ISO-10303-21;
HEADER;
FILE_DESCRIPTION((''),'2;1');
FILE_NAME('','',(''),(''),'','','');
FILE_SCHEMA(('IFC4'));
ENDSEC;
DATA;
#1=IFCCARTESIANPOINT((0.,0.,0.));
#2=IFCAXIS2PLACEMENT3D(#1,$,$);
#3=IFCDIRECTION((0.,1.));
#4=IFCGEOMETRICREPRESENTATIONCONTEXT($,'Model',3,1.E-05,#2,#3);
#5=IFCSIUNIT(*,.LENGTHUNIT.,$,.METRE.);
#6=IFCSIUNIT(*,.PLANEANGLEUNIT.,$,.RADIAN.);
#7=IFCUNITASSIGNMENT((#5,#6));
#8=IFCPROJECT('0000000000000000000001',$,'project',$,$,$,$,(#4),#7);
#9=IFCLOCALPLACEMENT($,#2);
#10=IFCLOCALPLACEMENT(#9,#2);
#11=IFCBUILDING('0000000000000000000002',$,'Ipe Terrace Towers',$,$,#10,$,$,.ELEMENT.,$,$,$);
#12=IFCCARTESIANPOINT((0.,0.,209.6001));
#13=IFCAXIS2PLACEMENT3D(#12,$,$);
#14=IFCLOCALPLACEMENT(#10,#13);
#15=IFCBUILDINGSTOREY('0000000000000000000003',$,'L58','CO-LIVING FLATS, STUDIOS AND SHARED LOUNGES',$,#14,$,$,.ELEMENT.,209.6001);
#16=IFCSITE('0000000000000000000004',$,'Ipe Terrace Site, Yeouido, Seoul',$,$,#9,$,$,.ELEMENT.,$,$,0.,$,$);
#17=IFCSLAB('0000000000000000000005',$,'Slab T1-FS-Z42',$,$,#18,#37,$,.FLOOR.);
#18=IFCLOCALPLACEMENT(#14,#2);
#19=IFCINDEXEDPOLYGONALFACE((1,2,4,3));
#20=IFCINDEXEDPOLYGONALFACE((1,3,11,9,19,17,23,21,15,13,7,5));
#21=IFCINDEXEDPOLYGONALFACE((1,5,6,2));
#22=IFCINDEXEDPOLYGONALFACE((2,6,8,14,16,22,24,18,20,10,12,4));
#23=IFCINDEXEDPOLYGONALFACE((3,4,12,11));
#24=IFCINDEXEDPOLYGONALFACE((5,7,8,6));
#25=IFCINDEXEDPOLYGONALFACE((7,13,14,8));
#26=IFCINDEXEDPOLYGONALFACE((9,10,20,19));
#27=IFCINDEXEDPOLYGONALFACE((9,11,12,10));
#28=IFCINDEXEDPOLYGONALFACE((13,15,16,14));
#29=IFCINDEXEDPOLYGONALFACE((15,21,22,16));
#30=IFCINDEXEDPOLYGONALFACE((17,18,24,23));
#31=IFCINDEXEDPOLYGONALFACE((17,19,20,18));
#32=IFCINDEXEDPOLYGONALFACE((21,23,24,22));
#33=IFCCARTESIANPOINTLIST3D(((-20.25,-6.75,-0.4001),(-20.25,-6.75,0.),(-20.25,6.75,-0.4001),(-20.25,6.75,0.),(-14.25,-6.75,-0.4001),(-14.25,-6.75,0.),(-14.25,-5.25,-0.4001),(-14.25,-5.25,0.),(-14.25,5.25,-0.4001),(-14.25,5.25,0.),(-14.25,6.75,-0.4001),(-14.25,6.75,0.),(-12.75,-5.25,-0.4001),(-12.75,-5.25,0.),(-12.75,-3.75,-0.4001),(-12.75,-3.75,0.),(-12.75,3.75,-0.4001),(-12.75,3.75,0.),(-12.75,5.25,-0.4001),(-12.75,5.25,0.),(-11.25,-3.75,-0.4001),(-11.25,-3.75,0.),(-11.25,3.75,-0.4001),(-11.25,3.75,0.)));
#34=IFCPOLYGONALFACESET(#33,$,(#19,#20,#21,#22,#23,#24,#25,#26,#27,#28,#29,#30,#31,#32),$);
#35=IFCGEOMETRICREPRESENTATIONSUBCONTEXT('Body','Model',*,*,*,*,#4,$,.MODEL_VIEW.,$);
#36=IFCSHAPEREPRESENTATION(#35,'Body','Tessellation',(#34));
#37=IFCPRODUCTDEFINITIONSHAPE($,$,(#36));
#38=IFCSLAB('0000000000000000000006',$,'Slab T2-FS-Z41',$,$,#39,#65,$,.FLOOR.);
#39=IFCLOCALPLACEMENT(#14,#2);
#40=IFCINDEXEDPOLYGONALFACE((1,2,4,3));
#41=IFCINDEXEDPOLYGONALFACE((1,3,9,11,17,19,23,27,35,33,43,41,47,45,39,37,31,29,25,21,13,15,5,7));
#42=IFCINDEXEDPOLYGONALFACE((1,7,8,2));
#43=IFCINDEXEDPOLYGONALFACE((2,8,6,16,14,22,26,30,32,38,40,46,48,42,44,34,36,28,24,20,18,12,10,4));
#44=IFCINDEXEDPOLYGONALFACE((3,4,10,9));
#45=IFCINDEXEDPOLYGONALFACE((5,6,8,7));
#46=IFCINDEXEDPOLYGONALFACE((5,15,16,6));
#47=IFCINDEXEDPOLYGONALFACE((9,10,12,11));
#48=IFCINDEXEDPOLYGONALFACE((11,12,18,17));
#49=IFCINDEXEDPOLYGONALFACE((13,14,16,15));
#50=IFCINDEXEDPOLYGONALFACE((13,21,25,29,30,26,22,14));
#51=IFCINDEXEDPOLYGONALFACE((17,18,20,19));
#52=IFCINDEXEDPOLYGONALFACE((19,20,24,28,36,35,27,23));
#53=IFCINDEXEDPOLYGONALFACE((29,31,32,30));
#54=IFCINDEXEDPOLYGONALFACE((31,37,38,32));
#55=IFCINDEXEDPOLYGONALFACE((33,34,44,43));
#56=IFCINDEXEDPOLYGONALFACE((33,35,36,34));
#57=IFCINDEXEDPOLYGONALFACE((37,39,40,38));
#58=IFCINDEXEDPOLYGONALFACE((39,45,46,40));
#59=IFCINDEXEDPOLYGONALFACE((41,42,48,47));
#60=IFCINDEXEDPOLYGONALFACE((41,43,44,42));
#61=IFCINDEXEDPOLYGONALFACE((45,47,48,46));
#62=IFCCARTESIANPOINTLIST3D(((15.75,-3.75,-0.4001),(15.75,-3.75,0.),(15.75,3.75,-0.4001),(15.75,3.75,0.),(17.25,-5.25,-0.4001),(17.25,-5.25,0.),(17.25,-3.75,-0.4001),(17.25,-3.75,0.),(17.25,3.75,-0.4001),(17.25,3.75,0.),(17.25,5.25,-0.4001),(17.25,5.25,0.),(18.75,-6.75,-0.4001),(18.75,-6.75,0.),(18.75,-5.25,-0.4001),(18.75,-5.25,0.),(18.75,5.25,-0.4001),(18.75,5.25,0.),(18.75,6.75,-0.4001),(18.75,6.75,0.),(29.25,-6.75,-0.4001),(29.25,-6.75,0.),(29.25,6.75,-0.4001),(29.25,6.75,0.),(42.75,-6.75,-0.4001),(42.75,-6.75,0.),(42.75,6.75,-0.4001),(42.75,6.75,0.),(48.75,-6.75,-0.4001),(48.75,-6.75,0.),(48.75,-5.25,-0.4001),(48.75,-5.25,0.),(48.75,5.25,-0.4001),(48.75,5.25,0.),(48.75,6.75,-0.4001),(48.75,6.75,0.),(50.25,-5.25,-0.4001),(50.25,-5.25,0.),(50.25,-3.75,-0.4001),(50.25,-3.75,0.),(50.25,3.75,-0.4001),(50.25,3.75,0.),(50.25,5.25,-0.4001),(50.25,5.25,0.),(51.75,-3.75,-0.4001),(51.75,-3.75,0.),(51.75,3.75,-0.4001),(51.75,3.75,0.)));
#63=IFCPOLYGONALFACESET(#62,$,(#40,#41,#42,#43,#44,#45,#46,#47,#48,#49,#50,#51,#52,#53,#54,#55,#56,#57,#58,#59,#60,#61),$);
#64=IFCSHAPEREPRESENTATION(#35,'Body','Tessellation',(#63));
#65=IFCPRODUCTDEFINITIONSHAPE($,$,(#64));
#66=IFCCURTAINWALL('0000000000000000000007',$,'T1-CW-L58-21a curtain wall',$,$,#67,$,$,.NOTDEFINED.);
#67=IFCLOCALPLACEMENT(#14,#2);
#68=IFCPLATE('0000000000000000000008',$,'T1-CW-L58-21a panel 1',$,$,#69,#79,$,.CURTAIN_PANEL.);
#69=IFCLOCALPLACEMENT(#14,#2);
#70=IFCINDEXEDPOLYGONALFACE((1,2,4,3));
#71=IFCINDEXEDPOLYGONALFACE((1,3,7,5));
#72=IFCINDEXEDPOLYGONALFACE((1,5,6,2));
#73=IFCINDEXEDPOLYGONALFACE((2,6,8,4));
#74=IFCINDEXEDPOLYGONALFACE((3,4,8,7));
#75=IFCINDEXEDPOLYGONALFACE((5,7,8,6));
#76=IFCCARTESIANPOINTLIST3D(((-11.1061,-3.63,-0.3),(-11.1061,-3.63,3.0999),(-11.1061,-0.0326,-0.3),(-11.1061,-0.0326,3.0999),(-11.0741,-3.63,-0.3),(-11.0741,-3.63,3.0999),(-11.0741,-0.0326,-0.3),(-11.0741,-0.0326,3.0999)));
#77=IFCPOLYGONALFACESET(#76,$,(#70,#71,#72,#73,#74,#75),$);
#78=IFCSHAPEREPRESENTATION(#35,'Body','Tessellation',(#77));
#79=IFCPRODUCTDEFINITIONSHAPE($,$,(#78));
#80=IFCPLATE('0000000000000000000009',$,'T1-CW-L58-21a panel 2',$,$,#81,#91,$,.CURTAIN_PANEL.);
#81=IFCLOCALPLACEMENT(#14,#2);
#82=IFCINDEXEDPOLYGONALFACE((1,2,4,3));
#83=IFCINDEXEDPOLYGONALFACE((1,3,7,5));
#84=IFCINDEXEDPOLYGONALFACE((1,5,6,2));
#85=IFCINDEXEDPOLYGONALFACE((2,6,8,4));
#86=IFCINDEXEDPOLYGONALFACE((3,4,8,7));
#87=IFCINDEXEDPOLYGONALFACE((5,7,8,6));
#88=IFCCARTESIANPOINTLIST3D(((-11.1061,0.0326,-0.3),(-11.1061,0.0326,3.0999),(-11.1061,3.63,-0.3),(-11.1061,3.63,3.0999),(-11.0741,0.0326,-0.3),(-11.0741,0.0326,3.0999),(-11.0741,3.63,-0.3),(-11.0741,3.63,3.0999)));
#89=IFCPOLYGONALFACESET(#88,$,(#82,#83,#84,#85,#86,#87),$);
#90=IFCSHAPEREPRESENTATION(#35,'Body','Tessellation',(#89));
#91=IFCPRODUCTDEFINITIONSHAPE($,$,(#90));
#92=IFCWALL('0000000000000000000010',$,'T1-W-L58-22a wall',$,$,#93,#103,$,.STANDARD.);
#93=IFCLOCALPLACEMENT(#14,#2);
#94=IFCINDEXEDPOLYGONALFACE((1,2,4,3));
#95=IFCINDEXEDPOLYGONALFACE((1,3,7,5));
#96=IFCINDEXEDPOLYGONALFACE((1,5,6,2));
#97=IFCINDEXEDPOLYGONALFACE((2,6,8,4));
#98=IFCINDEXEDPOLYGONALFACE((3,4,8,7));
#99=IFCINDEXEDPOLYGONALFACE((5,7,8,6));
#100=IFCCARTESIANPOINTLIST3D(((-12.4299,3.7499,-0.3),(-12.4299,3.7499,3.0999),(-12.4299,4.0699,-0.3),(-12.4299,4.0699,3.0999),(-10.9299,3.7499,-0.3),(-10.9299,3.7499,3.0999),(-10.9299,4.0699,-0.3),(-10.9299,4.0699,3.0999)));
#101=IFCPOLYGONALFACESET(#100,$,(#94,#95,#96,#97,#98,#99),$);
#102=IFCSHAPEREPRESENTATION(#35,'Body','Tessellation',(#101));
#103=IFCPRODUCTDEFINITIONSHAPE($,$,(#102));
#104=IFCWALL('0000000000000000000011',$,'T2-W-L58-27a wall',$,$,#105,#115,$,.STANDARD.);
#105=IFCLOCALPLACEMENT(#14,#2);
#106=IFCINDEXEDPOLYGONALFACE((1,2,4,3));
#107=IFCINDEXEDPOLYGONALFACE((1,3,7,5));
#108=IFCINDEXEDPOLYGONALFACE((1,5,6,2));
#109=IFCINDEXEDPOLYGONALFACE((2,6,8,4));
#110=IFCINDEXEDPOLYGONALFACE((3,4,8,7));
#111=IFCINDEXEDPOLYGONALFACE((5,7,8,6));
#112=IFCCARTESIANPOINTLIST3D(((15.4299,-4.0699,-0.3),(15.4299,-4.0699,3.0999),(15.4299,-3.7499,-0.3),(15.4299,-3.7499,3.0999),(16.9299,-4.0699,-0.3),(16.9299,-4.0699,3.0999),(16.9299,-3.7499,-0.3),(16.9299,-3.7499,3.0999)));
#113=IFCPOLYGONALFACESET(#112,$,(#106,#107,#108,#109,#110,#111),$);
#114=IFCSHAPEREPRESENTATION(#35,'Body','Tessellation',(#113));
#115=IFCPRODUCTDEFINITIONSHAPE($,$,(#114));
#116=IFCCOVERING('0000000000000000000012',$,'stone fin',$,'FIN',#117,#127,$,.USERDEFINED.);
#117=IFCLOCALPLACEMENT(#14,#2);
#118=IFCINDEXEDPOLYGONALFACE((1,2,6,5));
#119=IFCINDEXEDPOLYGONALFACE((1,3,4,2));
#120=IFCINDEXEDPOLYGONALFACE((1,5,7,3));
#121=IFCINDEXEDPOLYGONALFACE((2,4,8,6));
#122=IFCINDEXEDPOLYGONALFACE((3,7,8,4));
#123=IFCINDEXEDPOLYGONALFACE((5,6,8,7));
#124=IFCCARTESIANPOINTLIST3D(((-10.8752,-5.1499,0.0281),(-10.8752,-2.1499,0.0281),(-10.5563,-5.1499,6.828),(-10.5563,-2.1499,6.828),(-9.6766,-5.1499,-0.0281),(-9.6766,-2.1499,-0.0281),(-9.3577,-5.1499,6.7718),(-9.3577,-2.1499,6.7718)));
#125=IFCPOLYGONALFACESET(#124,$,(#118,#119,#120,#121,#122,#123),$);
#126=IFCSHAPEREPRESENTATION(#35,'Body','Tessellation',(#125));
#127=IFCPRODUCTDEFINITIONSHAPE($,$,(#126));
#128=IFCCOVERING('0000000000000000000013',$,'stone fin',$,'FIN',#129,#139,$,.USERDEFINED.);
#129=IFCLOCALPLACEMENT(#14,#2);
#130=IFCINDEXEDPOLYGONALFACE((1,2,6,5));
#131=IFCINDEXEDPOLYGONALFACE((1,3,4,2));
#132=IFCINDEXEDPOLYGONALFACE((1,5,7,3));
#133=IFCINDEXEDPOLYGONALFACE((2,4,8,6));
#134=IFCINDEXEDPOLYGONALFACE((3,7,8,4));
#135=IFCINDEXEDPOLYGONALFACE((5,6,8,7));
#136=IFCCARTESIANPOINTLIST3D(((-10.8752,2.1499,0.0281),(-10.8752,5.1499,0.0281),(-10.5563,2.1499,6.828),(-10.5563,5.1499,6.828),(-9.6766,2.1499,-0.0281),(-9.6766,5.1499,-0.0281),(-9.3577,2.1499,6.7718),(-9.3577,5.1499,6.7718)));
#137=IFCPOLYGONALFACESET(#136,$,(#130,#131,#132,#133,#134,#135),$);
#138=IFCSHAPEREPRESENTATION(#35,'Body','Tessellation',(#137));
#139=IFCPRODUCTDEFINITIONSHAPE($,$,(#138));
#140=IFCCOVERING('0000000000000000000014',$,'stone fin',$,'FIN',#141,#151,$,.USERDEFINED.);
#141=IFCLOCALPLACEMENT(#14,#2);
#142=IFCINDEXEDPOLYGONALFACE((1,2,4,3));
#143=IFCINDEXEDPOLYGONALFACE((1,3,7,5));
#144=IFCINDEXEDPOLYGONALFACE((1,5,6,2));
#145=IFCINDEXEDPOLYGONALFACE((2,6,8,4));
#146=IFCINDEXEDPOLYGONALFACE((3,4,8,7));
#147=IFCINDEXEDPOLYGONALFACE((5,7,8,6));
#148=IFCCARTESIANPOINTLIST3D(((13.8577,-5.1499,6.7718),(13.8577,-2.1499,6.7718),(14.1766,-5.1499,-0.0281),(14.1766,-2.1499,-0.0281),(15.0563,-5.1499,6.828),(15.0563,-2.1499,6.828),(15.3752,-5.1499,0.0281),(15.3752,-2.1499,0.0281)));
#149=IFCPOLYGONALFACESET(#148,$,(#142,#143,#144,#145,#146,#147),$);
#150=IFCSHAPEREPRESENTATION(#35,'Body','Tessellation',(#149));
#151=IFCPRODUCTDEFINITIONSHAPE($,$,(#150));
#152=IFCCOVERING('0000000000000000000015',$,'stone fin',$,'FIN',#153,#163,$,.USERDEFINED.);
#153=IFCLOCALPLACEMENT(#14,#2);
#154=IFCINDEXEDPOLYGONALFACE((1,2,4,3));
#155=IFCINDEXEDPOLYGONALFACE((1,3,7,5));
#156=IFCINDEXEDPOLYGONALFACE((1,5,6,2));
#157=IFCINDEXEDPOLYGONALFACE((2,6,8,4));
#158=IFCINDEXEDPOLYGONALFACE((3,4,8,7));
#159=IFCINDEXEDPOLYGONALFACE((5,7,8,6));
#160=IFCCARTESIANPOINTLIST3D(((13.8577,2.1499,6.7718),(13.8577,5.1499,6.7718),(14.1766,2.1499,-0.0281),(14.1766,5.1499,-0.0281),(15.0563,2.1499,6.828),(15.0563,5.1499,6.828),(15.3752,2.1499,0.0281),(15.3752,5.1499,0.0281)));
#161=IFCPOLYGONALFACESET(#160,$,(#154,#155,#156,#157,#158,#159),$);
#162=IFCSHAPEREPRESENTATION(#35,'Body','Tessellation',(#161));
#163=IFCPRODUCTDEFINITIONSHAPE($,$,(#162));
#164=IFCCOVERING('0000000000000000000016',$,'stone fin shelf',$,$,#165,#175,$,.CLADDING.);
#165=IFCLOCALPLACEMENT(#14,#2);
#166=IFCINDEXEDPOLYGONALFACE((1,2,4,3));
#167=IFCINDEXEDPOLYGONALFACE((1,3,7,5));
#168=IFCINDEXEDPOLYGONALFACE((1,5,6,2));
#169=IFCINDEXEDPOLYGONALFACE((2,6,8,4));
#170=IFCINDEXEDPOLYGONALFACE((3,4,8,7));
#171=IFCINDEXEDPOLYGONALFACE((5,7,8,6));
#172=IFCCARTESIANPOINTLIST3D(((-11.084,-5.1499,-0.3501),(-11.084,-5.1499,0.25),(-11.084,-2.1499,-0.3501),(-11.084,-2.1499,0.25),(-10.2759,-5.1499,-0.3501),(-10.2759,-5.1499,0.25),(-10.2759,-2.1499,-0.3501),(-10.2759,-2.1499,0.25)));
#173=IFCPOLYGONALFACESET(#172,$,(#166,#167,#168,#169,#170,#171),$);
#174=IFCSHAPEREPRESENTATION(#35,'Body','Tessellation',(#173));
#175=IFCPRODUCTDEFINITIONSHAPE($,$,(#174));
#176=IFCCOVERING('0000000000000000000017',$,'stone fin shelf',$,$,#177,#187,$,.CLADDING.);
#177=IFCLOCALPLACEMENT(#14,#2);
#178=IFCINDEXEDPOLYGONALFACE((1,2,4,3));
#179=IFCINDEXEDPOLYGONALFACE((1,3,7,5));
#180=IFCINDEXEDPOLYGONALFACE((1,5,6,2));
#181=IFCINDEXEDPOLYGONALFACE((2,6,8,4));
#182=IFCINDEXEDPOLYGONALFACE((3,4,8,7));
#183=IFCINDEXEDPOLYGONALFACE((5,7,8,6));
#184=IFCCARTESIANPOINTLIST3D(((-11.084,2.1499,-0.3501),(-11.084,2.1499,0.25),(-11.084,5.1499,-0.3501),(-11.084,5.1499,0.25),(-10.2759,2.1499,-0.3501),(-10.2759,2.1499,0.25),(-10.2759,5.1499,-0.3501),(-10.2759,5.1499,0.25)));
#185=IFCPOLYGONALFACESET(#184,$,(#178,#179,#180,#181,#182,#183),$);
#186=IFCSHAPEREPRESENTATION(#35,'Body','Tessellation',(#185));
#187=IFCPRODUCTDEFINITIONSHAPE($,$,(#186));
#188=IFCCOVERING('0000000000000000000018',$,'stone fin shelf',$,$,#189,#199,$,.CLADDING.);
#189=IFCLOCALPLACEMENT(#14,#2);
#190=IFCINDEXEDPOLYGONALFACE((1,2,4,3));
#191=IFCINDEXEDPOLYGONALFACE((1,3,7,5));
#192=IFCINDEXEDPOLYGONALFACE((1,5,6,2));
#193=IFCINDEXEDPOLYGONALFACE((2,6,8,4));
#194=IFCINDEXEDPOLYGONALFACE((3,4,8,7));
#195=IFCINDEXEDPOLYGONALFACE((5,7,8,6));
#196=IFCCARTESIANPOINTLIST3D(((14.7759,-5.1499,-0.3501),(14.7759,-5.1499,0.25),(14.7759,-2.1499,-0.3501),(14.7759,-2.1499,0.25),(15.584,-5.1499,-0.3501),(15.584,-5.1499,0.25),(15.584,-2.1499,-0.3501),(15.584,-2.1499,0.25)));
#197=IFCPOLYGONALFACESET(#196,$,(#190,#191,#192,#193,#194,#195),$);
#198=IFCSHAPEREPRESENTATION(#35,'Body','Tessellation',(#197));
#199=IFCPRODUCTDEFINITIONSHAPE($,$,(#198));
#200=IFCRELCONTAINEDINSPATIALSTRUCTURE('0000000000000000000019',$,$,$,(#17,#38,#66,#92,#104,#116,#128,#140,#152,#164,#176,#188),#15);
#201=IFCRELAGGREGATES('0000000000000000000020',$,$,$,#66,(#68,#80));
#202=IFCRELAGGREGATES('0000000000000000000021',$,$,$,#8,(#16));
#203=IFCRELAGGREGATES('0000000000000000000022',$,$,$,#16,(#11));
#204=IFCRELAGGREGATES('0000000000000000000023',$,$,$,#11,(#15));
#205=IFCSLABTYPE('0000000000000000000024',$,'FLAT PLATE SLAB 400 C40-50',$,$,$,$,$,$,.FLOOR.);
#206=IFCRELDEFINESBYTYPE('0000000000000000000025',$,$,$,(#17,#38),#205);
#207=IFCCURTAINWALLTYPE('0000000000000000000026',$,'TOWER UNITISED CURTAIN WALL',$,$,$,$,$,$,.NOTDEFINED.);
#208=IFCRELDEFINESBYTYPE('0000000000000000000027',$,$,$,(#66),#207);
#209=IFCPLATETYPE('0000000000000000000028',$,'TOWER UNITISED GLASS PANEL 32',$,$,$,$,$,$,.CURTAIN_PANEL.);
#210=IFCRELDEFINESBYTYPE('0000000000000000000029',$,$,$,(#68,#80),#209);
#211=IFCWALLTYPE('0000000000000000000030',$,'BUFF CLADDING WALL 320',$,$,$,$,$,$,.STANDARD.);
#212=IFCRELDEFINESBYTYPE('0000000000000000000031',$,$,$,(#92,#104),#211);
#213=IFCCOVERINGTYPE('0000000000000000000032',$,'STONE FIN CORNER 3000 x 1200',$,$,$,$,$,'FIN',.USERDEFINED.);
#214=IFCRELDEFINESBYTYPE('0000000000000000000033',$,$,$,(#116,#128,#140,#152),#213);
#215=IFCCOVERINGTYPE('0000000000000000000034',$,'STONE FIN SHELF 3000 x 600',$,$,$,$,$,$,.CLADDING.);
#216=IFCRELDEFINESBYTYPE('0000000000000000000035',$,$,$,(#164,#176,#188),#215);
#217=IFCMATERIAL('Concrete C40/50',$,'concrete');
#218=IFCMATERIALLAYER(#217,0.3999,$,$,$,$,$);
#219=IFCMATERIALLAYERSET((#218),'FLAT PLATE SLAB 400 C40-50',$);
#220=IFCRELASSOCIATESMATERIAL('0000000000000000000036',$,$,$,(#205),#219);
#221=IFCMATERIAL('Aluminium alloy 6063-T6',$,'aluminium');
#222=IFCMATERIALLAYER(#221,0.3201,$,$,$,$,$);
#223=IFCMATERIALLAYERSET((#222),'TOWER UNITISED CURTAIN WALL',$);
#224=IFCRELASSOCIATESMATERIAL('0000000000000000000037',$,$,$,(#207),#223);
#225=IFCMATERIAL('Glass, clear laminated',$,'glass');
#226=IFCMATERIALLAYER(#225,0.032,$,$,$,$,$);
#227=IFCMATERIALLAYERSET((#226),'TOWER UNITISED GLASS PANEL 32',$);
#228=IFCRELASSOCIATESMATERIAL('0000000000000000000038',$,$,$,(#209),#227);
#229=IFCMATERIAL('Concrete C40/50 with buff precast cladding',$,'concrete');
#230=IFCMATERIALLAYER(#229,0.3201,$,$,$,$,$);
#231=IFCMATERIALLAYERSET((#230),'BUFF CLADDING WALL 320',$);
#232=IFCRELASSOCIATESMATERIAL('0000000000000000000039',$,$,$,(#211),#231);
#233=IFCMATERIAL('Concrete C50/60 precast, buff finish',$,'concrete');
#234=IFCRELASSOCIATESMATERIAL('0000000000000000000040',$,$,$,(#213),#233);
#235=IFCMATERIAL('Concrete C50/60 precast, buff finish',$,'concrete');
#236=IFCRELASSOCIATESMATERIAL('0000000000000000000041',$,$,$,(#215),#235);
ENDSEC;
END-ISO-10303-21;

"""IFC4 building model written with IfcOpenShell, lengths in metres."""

from ifc_helpers import new_model, si_unit, direction, frame, frame_2d, origin, origin_2d, place, context, subcontext, project, spatial, polyline, rectangle, outline, extrude, material, layer, layer_set, material_profile, profile_set, type_object, element, aggregate, save


model = new_model("IFC4")

# Units and contexts
model_context = context("Model", 3, precision=1e-05, world=origin(), true_north=direction((0.0, 1.0)))
body_context = subcontext(model_context, "Body", "Model", "MODEL_VIEW")
ifc_project = project(units=[si_unit("LENGTHUNIT", "METRE"), si_unit("PLANEANGLEUNIT", "RADIAN")], contexts=[model_context])

# Site, building, storey
site_placement = place(None, origin())
site = spatial("IfcSite", under=ifc_project, at=site_placement, Name="Ipe Terrace Site, Yeouido, Seoul", CompositionType="ELEMENT", RefElevation=0.0)
building_placement = place(site_placement, origin())
building = spatial("IfcBuilding", under=site, at=building_placement, Name="Ipe Terrace Towers", CompositionType="ELEMENT")
storey_placement = place(building_placement, frame((0.0, 0.0, 209.6001)))
storey = spatial("IfcBuildingStorey", under=building, at=storey_placement, Name="L58", Description="CO-LIVING FLATS, STUDIOS AND SHARED LOUNGES", CompositionType="ELEMENT", Elevation=209.6001)

# Slabs
ifc_material_1 = material(Name="Concrete C40/50", Category="concrete")
ifc_layer_1 = layer(ifc_material_1, 0.3999)
ifc_layer_set_1 = layer_set([ifc_layer_1], Name="FLAT PLATE SLAB 400 C40-50")
slab_type_1 = type_object("IfcSlabType", Name="FLAT PLATE SLAB 400 C40-50", PredefinedType="FLOOR", material=ifc_layer_set_1)
slab_1_placement = place(storey_placement, frame((0.0, 0.0, -0.4001)))
element("IfcSlab", 1, at=slab_1_placement, inside=storey, type_object=slab_type_1, Name="Slab T1-FS-Z42", PredefinedType="FLOOR", context=body_context, shape_type="SweptSolid", body=[
    extrude(outline(polyline([(-14.25, 5.25), (-12.75, 5.25), (-12.75, 3.75), (-11.25, 3.75), (-11.25, -3.75), (-12.75, -3.75), (-12.75, -5.25), (-14.25, -5.25), (-14.25, -6.75), (-20.25, -6.75), (-20.25, 6.75), (-14.25, 6.75), (-14.25, 5.25)])), origin(), (0.0, 0.0, 1.0), 0.4001),
])
slab_2_placement = place(storey_placement, frame((0.0, 0.0, -0.4001)))
element("IfcSlab", 2, at=slab_2_placement, inside=storey, type_object=slab_type_1, Name="Slab T2-FS-Z41", PredefinedType="FLOOR", context=body_context, shape_type="SweptSolid", body=[
    extrude(outline(polyline([(48.75, 5.25), (50.25, 5.25), (50.25, 3.75), (51.75, 3.75), (51.75, -3.75), (50.25, -3.75), (50.25, -5.25), (48.75, -5.25), (48.75, -6.75), (42.75, -6.75), (29.25, -6.75), (18.75, -6.75), (18.75, -5.25), (17.25, -5.25), (17.25, -3.75), (15.75, -3.75), (15.75, 3.75), (17.25, 3.75), (17.25, 5.25), (18.75, 5.25), (18.75, 6.75), (29.25, 6.75), (42.75, 6.75), (48.75, 6.75), (48.75, 5.25)])), origin(), (0.0, 0.0, 1.0), 0.4001),
])

# Curtain wall, plates
ifc_material_2 = material(Name="Aluminium alloy 6063-T6", Category="aluminium")
ifc_layer_2 = layer(ifc_material_2, 0.3201)
ifc_layer_set_2 = layer_set([ifc_layer_2], Name="TOWER UNITISED CURTAIN WALL")
curtain_wall_type = type_object("IfcCurtainWallType", Name="TOWER UNITISED CURTAIN WALL", PredefinedType="NOTDEFINED", material=ifc_layer_set_2)
curtain_wall_placement = place(storey_placement, origin())
curtain_wall = element("IfcCurtainWall", 3, at=curtain_wall_placement, inside=storey, type_object=curtain_wall_type, Name="T1-CW-L58-21a curtain wall", PredefinedType="NOTDEFINED")
ifc_material_3 = material(Name="Glass, clear laminated", Category="glass")
ifc_layer_3 = layer(ifc_material_3, 0.032)
ifc_layer_set_3 = layer_set([ifc_layer_3], Name="TOWER UNITISED GLASS PANEL 32")
plate_type = type_object("IfcPlateType", Name="TOWER UNITISED GLASS PANEL 32", PredefinedType="CURTAIN_PANEL", material=ifc_layer_set_3)
plate_1_placement = place(storey_placement, frame((-11.0901, -1.8313, -0.3), z_axis=(0.0, 0.0, 1.0), x_axis=(0.0, 1.0, 0.0)))
plate_1 = element("IfcPlate", 4, at=plate_1_placement, type_object=plate_type, Name="T1-CW-L58-21a panel 1", PredefinedType="CURTAIN_PANEL", context=body_context, shape_type="SweptSolid", body=[
    extrude(rectangle(XDim=3.5974, YDim=0.032, at=origin_2d()), origin(), (0.0, 0.0, 1.0), 3.3999),
])
plate_2_placement = place(storey_placement, frame((-11.0901, 1.8313, -0.3), z_axis=(0.0, 0.0, 1.0), x_axis=(0.0, 1.0, 0.0)))
plate_2 = element("IfcPlate", 5, at=plate_2_placement, type_object=plate_type, Name="T1-CW-L58-21a panel 2", PredefinedType="CURTAIN_PANEL", context=body_context, shape_type="SweptSolid", body=[
    extrude(rectangle(XDim=3.5974, YDim=0.032, at=origin_2d()), origin(), (0.0, 0.0, 1.0), 3.3999),
])
aggregate(curtain_wall, [plate_1, plate_2])

# Walls
ifc_material_4 = material(Name="Concrete C40/50 with buff precast cladding", Category="concrete")
ifc_layer_4 = layer(ifc_material_4, 0.3201)
ifc_layer_set_4 = layer_set([ifc_layer_4], Name="BUFF CLADDING WALL 320")
wall_type = type_object("IfcWallType", Name="BUFF CLADDING WALL 320", PredefinedType="STANDARD", material=ifc_layer_set_4)
for number, where, z_axis, x_axis, name in (
    (6, (-10.9299, 3.9099, -0.3), (0.0, 0.0, 1.0), (-1.0, 0.0, 0.0), "T1-W-L58-22a wall"),
    (7, (15.4299, -3.9099, -0.3), (0.0, 0.0, 1.0), (1.0, 0.0, 0.0), "T2-W-L58-27a wall"),
):
    element("IfcWall", number, at=place(storey_placement, frame(where, z_axis=z_axis, x_axis=x_axis)), inside=storey, type_object=wall_type, Name=name, PredefinedType="STANDARD", context=body_context, shape_type="SweptSolid", body=[
        extrude(rectangle(XDim=1.5, YDim=0.3201, at=frame_2d((0.75, 0.0))), origin(), (0.0, 0.0, 1.0), 3.3999),
    ])

# Coverings
ifc_material_5 = material(Name="Concrete C50/60 precast, buff finish", Category="concrete")
ifc_material_profile = material_profile(ifc_material_5, rectangle(XDim=3.0, YDim=1.2, at=origin_2d()), Name="STONE FIN CORNER 3000 x 1200")
ifc_profile_set = profile_set([ifc_material_profile], Name="Concrete C50/60 precast, buff finish")
covering_type_1 = type_object("IfcCoveringType", Name="STONE FIN CORNER 3000 x 1200", ElementType="FIN", PredefinedType="USERDEFINED", material=ifc_profile_set)
for number, where, z_axis, x_axis, name in (
    (8, (-10.2759, -3.6499, 0.0), (0.046839, 0.0, 0.998902), (0.0, 1.0, 0.0), "stone fin"),
    (9, (-10.2759, 3.6499, 0.0), (0.046839, 0.0, 0.998902), (0.0, 1.0, 0.0), "stone fin"),
    (10, (14.7759, -3.6499, 0.0), (-0.046839, 0.0, 0.998902), (0.0, -1.0, 0.0), "stone fin"),
    (11, (14.7759, 3.6499, 0.0), (-0.046839, 0.0, 0.998902), (0.0, -1.0, 0.0), "stone fin"),
):
    element("IfcCovering", number, at=place(storey_placement, frame(where, z_axis=z_axis, x_axis=x_axis)), inside=storey, type_object=covering_type_1, Name=name, ObjectType="FIN", PredefinedType="USERDEFINED", context=body_context, shape_type="SweptSolid", body=[
        extrude(rectangle(XDim=3.0, YDim=1.2, at=origin_2d()), origin(), (0.0, 0.0, 1.0), 6.8074),
    ])
ifc_material_6 = material(Name="Concrete C50/60 precast, buff finish", Category="concrete")
covering_type_2 = type_object("IfcCoveringType", Name="STONE FIN SHELF 3000 x 600", PredefinedType="CLADDING", material=ifc_material_6)
for number, where, z_axis, x_axis, name in (
    (12, (-10.6799, -3.6499, -0.3501), (0.0, 0.0, 1.0), (0.0, 1.0, 0.0), "stone fin shelf"),
    (13, (-10.6799, 3.6499, -0.3501), (0.0, 0.0, 1.0), (0.0, 1.0, 0.0), "stone fin shelf"),
    (14, (15.1799, -3.6499, -0.3501), (0.0, 0.0, 1.0), (0.0, -1.0, 0.0), "stone fin shelf"),
):
    element("IfcCovering", number, at=place(storey_placement, frame(where, z_axis=z_axis, x_axis=x_axis)), inside=storey, type_object=covering_type_2, Name=name, PredefinedType="CLADDING", context=body_context, shape_type="SweptSolid", body=[
        extrude(rectangle(XDim=3.0, YDim=0.8081, at=origin_2d()), origin(), (0.0, 0.0, 1.0), 0.6001),
    ])

save(model, "model.ifc")
